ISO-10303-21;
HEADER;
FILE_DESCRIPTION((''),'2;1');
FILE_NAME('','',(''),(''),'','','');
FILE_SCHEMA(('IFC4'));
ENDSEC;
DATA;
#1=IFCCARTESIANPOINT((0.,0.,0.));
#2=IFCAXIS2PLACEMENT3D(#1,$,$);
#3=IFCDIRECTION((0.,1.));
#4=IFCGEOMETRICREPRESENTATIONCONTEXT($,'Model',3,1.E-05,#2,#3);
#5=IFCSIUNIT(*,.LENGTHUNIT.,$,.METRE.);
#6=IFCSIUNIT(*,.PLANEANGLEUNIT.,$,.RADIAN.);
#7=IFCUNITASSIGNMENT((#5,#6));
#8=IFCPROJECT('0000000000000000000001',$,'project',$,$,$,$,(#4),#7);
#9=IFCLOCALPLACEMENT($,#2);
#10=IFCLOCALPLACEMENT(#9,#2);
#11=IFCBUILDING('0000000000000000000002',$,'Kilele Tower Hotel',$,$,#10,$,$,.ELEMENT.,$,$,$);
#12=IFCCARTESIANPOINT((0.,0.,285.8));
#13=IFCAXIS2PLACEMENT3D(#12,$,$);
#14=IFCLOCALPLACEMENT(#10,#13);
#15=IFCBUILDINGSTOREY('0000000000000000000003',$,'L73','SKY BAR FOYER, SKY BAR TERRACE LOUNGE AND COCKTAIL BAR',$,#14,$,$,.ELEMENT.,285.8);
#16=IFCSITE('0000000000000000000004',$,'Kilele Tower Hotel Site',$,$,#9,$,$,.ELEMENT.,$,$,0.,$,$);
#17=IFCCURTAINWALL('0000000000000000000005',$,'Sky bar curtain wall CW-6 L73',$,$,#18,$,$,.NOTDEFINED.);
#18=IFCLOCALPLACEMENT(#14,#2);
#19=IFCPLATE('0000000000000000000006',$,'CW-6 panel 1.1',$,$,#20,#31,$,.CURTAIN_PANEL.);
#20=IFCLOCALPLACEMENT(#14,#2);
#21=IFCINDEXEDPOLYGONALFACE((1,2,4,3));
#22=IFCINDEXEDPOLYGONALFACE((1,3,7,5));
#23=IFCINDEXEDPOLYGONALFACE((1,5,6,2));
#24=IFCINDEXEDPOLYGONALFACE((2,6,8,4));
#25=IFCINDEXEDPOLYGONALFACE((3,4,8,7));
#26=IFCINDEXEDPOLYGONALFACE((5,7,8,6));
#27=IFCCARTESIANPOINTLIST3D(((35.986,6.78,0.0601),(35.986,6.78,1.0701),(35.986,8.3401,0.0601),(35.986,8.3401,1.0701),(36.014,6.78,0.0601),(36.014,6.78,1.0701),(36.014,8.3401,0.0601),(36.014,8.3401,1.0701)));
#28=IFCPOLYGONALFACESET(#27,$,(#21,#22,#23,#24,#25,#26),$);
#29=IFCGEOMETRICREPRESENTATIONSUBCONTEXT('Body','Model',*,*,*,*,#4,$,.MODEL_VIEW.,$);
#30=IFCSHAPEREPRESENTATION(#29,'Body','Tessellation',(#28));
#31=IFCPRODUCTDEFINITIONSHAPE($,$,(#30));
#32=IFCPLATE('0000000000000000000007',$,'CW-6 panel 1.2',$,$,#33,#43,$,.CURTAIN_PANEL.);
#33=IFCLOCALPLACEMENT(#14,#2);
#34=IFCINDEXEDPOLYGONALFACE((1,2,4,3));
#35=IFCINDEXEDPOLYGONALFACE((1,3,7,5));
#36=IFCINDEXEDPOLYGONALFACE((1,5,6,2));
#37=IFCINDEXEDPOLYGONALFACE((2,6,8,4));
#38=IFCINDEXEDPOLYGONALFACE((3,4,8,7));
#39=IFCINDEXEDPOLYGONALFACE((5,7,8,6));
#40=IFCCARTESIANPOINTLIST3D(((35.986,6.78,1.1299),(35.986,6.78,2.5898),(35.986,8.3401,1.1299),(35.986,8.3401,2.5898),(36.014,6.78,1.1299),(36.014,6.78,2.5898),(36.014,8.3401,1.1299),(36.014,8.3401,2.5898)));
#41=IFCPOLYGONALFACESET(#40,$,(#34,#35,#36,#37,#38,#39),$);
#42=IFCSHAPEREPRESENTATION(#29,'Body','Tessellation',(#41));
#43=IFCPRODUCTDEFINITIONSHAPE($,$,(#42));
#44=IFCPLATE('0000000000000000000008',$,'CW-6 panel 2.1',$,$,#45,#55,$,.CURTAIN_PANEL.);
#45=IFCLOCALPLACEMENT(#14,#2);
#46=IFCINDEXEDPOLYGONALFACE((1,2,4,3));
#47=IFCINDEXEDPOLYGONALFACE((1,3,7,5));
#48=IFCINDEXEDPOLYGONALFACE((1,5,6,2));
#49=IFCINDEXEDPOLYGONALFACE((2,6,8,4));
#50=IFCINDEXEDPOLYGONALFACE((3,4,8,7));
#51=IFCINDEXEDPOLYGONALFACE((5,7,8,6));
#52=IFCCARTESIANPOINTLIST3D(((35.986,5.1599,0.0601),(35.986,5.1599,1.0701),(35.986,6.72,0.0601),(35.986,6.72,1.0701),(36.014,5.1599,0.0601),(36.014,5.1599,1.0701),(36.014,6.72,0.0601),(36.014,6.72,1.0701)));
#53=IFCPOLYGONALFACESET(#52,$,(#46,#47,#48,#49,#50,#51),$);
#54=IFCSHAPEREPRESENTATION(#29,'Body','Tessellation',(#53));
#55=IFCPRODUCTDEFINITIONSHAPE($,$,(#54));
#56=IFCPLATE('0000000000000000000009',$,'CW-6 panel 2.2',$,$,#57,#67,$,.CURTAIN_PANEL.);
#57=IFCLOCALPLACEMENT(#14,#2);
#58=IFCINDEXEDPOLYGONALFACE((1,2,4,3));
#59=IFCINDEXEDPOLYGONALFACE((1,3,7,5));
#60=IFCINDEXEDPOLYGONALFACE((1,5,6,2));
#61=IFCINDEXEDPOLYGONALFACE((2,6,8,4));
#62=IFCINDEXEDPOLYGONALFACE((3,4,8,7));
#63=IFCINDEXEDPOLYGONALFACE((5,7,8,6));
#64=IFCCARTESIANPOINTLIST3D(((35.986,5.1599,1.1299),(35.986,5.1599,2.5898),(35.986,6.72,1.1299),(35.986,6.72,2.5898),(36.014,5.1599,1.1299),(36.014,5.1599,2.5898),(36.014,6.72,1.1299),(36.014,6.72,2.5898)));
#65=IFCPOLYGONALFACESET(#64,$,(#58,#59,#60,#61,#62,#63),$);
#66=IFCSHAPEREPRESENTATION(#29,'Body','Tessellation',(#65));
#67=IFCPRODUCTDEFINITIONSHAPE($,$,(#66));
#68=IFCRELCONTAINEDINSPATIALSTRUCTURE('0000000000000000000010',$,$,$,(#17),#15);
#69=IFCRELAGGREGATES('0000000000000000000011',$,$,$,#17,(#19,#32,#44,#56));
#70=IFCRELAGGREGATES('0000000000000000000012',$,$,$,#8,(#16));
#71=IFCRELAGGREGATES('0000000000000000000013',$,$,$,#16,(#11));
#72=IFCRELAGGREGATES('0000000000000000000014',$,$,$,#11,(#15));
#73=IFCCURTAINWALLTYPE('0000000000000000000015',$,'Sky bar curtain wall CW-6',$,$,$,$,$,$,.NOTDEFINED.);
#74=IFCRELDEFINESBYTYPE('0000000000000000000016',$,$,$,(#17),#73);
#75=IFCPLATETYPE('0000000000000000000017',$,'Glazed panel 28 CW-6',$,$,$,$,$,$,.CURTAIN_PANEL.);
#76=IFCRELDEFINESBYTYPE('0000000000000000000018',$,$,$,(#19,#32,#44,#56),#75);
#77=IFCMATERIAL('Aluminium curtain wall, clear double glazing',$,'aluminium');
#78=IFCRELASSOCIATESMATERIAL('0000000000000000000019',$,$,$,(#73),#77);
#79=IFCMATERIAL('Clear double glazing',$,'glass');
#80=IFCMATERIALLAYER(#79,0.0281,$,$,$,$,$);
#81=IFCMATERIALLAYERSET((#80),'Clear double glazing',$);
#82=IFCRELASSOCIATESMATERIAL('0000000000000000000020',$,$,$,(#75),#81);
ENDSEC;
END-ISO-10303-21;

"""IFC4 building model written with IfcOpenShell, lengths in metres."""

from ifc_helpers import new_model, si_unit, direction, frame, origin, origin_2d, place, context, subcontext, project, spatial, rectangle, extrude, material, layer, layer_set, type_object, element, aggregate, save


model = new_model("IFC4")

# Units and contexts
model_context = context("Model", 3, precision=1e-05, world=origin(), true_north=direction((0.0, 1.0)))
body_context = subcontext(model_context, "Body", "Model", "MODEL_VIEW")
ifc_project = project(units=[si_unit("LENGTHUNIT", "METRE"), si_unit("PLANEANGLEUNIT", "RADIAN")], contexts=[model_context])

# Site, building, storey
site_placement = place(None, origin())
site = spatial("IfcSite", under=ifc_project, at=site_placement, Name="Kilele Tower Hotel Site", CompositionType="ELEMENT", RefElevation=0.0)
building_placement = place(site_placement, origin())
building = spatial("IfcBuilding", under=site, at=building_placement, Name="Kilele Tower Hotel", CompositionType="ELEMENT")
storey_placement = place(building_placement, frame((0.0, 0.0, 285.8)))
storey = spatial("IfcBuildingStorey", under=building, at=storey_placement, Name="L73", Description="SKY BAR FOYER, SKY BAR TERRACE LOUNGE AND COCKTAIL BAR", CompositionType="ELEMENT", Elevation=285.8)

# Curtain wall
ifc_material_1 = material(Name="Aluminium curtain wall, clear double glazing", Category="aluminium")
curtain_wall_type = type_object("IfcCurtainWallType", Name="Sky bar curtain wall CW-6", PredefinedType="NOTDEFINED", material=ifc_material_1)
curtain_wall_1_placement = place(storey_placement, origin())
curtain_wall_1 = element("IfcCurtainWall", 1, at=curtain_wall_1_placement, inside=storey, type_object=curtain_wall_type, Name="Sky bar curtain wall CW-6 L73", PredefinedType="NOTDEFINED")

# Plates
ifc_material_2 = material(Name="Clear double glazing", Category="glass")
ifc_layer = layer(ifc_material_2, 0.0281)
ifc_layer_set = layer_set([ifc_layer], Name="Clear double glazing")
plate_type = type_object("IfcPlateType", Name="Glazed panel 28 CW-6", PredefinedType="CURTAIN_PANEL", material=ifc_layer_set)
plate_1_placement = place(storey_placement, frame((36.0, 7.5601, 0.0601), z_axis=(0.0, 0.0, 1.0), x_axis=(0.0, -1.0, 0.0)))
plate_1 = element("IfcPlate", 2, at=plate_1_placement, type_object=plate_type, Name="CW-6 panel 1.1", PredefinedType="CURTAIN_PANEL", context=body_context, shape_type="SweptSolid", body=[
    extrude(rectangle(XDim=1.5601, YDim=0.0281, at=origin_2d()), origin(), (0.0, 0.0, 1.0), 1.01),
])
plate_2_placement = place(storey_placement, frame((36.0, 7.5601, 1.1299), z_axis=(0.0, 0.0, 1.0), x_axis=(0.0, -1.0, 0.0)))
plate_2 = element("IfcPlate", 3, at=plate_2_placement, type_object=plate_type, Name="CW-6 panel 1.2", PredefinedType="CURTAIN_PANEL", context=body_context, shape_type="SweptSolid", body=[
    extrude(rectangle(XDim=1.5601, YDim=0.0281, at=origin_2d()), origin(), (0.0, 0.0, 1.0), 1.46),
])
plate_3_placement = place(storey_placement, frame((36.0, 5.9399, 0.0601), z_axis=(0.0, 0.0, 1.0), x_axis=(0.0, -1.0, 0.0)))
plate_3 = element("IfcPlate", 4, at=plate_3_placement, type_object=plate_type, Name="CW-6 panel 2.1", PredefinedType="CURTAIN_PANEL", context=body_context, shape_type="SweptSolid", body=[
    extrude(rectangle(XDim=1.5601, YDim=0.0281, at=origin_2d()), origin(), (0.0, 0.0, 1.0), 1.01),
])
plate_4_placement = place(storey_placement, frame((36.0, 5.9399, 1.1299), z_axis=(0.0, 0.0, 1.0), x_axis=(0.0, -1.0, 0.0)))
plate_4 = element("IfcPlate", 5, at=plate_4_placement, type_object=plate_type, Name="CW-6 panel 2.2", PredefinedType="CURTAIN_PANEL", context=body_context, shape_type="SweptSolid", body=[
    extrude(rectangle(XDim=1.5601, YDim=0.0281, at=origin_2d()), origin(), (0.0, 0.0, 1.0), 1.46),
])
aggregate(curtain_wall_1, [plate_1, plate_2, plate_3, plate_4])

save(model, "model.ifc")
